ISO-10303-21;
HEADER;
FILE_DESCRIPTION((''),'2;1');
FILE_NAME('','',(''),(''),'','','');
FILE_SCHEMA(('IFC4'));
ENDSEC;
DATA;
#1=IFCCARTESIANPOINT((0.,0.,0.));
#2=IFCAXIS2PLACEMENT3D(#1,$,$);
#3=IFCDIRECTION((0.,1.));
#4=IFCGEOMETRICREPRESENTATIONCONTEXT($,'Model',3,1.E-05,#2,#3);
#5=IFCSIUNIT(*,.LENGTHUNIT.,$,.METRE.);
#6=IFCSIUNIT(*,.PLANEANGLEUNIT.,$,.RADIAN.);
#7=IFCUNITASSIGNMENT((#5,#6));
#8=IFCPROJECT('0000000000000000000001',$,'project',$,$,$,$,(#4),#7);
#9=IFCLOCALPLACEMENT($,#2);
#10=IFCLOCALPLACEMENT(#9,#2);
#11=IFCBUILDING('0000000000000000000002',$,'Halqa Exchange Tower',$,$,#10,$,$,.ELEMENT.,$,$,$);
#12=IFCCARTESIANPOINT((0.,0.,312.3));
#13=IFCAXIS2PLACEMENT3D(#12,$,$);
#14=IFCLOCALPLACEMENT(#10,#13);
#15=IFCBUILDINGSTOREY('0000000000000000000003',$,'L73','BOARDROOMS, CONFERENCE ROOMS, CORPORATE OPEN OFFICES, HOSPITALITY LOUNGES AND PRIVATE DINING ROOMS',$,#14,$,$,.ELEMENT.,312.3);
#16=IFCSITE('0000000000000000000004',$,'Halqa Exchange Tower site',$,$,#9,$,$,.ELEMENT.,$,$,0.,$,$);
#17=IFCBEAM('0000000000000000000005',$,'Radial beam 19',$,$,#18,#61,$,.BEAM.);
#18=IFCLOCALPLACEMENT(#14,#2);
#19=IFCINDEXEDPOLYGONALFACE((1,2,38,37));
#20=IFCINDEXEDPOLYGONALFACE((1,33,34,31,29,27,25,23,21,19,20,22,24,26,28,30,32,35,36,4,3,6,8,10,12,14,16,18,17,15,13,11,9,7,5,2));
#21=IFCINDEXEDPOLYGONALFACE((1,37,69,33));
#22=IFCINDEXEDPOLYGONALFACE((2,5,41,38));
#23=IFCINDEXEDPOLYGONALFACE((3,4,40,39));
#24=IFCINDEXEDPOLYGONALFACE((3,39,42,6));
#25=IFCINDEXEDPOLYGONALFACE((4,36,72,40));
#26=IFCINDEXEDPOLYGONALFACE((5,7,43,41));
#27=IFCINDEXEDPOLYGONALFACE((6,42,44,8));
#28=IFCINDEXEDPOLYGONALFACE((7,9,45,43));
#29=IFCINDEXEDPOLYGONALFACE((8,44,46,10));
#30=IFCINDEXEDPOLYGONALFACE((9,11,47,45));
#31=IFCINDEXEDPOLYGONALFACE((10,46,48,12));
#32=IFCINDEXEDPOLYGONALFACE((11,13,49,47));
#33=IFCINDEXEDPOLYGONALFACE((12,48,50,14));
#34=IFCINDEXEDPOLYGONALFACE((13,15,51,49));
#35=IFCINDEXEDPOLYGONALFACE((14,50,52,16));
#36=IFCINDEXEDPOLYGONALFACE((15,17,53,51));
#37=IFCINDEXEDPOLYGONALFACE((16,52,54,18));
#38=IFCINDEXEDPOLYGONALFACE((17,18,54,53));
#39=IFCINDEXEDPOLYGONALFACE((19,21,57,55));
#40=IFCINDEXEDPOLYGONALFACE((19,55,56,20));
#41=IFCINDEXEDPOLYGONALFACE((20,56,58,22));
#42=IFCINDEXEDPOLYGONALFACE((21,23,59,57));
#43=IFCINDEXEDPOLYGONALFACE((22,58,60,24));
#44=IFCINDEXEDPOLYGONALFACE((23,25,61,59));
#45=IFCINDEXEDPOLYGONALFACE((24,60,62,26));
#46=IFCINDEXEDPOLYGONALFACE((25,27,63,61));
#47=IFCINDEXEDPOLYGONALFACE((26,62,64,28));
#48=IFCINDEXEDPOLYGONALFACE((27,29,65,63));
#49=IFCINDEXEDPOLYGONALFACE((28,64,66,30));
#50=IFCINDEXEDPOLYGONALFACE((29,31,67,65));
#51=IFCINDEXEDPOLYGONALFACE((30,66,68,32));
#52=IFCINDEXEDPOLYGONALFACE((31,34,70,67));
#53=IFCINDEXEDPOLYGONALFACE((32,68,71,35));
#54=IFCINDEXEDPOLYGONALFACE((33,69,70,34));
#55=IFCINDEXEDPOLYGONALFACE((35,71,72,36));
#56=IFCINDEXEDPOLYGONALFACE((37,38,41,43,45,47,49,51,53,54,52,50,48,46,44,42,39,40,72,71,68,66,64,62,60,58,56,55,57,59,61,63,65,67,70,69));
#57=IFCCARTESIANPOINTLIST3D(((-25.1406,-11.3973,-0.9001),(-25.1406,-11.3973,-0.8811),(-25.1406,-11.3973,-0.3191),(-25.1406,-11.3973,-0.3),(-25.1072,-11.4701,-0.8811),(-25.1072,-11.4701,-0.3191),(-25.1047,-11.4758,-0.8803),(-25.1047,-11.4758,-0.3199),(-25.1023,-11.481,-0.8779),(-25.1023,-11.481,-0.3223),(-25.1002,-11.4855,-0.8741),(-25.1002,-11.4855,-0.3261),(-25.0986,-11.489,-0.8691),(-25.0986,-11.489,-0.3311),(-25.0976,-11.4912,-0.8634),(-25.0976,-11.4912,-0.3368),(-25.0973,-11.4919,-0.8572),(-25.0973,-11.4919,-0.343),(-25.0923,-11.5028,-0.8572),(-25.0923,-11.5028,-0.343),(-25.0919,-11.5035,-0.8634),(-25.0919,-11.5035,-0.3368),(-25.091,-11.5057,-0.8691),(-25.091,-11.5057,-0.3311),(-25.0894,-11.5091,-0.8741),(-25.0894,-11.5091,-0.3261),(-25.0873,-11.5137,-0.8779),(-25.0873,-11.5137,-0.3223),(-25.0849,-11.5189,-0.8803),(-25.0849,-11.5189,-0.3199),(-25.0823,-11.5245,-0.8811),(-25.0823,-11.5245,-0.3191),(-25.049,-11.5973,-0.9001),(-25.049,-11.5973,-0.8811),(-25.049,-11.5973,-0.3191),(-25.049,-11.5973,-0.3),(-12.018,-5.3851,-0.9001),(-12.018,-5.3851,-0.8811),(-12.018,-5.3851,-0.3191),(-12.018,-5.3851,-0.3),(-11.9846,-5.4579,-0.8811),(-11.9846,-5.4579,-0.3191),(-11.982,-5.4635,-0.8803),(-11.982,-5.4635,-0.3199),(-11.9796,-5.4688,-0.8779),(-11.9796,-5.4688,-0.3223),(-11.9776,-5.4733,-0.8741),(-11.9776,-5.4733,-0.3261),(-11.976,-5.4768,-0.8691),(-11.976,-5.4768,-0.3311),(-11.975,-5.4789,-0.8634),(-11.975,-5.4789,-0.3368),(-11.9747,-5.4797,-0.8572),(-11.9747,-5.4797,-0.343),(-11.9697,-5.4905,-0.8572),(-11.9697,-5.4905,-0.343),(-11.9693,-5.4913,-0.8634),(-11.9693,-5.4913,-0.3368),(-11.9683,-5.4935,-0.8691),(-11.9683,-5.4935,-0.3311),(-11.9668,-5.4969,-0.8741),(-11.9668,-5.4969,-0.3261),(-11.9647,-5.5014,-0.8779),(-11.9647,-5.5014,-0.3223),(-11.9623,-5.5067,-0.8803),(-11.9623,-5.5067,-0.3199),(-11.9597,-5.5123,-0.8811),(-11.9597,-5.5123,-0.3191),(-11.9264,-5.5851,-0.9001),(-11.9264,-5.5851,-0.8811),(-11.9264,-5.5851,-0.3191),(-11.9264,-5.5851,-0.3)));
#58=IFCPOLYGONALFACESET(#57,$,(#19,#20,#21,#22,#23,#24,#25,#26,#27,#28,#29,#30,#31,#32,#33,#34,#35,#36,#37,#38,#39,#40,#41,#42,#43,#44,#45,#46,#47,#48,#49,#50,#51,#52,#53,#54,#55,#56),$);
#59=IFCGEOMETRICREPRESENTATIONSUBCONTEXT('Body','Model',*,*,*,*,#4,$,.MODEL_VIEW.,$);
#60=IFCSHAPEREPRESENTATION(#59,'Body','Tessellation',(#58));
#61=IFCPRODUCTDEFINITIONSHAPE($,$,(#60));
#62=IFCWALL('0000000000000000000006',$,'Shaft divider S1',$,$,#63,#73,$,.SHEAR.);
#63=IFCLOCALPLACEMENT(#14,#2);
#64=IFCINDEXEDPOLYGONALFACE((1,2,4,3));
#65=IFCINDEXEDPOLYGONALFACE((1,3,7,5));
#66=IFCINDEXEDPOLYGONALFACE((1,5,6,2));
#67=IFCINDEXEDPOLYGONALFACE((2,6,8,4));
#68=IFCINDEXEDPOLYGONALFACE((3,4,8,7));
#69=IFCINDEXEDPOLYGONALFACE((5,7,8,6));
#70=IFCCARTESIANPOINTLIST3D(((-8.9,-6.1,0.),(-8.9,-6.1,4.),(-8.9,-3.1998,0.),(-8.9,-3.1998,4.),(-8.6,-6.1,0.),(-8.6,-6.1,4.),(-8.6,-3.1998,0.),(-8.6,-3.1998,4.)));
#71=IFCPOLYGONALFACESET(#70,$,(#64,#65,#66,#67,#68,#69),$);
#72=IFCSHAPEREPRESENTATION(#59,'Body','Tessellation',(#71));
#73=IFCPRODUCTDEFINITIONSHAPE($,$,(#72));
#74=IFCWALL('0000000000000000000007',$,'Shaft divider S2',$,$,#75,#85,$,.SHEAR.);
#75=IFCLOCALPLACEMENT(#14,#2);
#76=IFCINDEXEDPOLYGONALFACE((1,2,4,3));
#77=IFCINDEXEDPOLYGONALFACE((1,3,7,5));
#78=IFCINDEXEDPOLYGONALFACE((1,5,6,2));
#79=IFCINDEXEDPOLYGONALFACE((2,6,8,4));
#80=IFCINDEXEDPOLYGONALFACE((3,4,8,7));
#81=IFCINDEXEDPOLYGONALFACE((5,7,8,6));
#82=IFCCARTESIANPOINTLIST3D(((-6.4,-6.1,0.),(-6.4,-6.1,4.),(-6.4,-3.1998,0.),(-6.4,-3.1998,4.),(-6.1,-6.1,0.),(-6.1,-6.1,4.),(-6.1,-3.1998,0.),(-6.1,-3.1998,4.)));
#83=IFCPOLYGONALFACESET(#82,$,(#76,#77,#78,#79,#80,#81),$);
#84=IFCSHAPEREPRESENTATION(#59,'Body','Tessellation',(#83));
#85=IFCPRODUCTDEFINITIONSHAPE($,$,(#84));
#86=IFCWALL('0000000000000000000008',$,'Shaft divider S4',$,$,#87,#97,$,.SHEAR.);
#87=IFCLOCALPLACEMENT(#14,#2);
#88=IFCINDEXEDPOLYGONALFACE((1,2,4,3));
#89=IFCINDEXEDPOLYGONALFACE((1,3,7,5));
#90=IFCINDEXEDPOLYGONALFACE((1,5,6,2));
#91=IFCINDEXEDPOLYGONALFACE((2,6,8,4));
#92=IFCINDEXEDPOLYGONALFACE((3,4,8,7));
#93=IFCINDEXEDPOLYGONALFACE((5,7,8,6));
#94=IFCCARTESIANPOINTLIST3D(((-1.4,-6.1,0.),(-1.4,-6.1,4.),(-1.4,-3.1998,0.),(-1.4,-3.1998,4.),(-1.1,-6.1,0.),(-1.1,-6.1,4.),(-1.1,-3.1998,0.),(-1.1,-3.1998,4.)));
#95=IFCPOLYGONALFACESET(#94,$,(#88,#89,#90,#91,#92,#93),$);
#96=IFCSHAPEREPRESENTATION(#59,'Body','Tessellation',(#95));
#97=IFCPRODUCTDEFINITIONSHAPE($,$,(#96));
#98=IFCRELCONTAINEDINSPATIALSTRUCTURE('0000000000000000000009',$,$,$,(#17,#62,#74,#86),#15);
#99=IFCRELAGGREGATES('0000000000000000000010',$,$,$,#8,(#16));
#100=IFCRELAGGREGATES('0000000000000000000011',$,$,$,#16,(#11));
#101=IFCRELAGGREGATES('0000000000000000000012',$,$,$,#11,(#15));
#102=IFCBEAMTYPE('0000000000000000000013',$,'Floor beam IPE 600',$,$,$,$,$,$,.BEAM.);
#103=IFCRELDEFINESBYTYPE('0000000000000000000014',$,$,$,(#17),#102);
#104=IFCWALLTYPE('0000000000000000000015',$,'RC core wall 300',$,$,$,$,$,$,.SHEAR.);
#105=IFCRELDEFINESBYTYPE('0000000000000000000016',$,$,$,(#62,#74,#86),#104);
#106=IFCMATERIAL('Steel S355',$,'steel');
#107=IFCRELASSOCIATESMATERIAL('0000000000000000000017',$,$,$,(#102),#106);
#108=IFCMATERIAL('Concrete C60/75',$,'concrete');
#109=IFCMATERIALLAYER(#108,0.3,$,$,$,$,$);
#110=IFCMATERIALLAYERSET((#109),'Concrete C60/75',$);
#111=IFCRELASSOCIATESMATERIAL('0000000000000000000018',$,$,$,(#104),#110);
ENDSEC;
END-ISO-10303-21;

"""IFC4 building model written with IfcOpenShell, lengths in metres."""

from ifc_helpers import new_model, si_unit, direction, frame, frame_2d, origin, origin_2d, place, context, subcontext, project, spatial, rectangle, i_section, extrude, material, layer, layer_set, material_profile, profile_set, type_object, element, save


model = new_model("IFC4")

# Units and contexts
model_context = context("Model", 3, precision=1e-05, world=origin(), true_north=direction((0.0, 1.0)))
body_context = subcontext(model_context, "Body", "Model", "MODEL_VIEW")
ifc_project = project(units=[si_unit("LENGTHUNIT", "METRE"), si_unit("PLANEANGLEUNIT", "RADIAN")], contexts=[model_context])

# Site, building, storey
site_placement = place(None, origin())
site = spatial("IfcSite", under=ifc_project, at=site_placement, Name="Halqa Exchange Tower site", CompositionType="ELEMENT", RefElevation=0.0)
building_placement = place(site_placement, origin())
building = spatial("IfcBuilding", under=site, at=building_placement, Name="Halqa Exchange Tower", CompositionType="ELEMENT")
storey_placement = place(building_placement, frame((0.0, 0.0, 312.3)))
storey = spatial("IfcBuildingStorey", under=building, at=storey_placement, Name="L73", Description="BOARDROOMS, CONFERENCE ROOMS, CORPORATE OPEN OFFICES, HOSPITALITY LOUNGES AND PRIVATE DINING ROOMS", CompositionType="ELEMENT", Elevation=312.3)

# Beam
ifc_material_1 = material(Name="Steel S355", Category="steel")
ifc_material_profile = material_profile(ifc_material_1, i_section(OverallWidth=0.22, OverallDepth=0.6001, WebThickness=0.012, FlangeThickness=0.019, FilletRadius=0.0239, at=origin_2d()), Name="IPE 600")
ifc_profile_set = profile_set([ifc_material_profile], Name="Steel S355")
beam_type = type_object("IfcBeamType", Name="Floor beam IPE 600", PredefinedType="BEAM", material=ifc_profile_set)
beam_placement = place(storey_placement, frame((-11.9722, -5.4851, -0.6001), z_axis=(-0.909125, -0.416523, 0.0), x_axis=(0.416523, -0.909125, 0.0)))
element("IfcBeam", 1, at=beam_placement, inside=storey, type_object=beam_type, Name="Radial beam 19", PredefinedType="BEAM", context=body_context, shape_type="SweptSolid", body=[
    extrude(i_section(OverallWidth=0.22, OverallDepth=0.6001, WebThickness=0.012, FlangeThickness=0.019, FilletRadius=0.0239, at=origin_2d()), origin(), (0.0, 0.0, 1.0), 14.4343),
])

# Walls
ifc_material_2 = material(Name="Concrete C60/75", Category="concrete")
ifc_layer_1 = layer(ifc_material_2, 0.3)
ifc_layer_set_1 = layer_set([ifc_layer_1], Name="Concrete C60/75")
wall_type_1 = type_object("IfcWallType", Name="RC core wall 300", PredefinedType="SHEAR", material=ifc_layer_set_1)
for number, where, z_axis, x_axis, name in (
    (2, (-8.75, -6.1001, 0.0), (0.0, 0.0, 1.0), (0.0, 1.0, 0.0), "Shaft divider S1"),
    (3, (-6.25, -6.1001, 0.0), (0.0, 0.0, 1.0), (0.0, 1.0, 0.0), "Shaft divider S2"),
    (4, (-1.25, -6.1001, 0.0), (0.0, 0.0, 1.0), (0.0, 1.0, 0.0), "Shaft divider S4"),
):
    element("IfcWall", number, at=place(storey_placement, frame(where, z_axis=z_axis, x_axis=x_axis)), inside=storey, type_object=wall_type_1, Name=name, PredefinedType="SHEAR", context=body_context, shape_type="SweptSolid", body=[
        extrude(rectangle(XDim=2.9001, YDim=0.3, at=frame_2d((1.4502, 0.0))), origin(), (0.0, 0.0, 1.0), 4.0),
    ])

save(model, "model.ifc")
